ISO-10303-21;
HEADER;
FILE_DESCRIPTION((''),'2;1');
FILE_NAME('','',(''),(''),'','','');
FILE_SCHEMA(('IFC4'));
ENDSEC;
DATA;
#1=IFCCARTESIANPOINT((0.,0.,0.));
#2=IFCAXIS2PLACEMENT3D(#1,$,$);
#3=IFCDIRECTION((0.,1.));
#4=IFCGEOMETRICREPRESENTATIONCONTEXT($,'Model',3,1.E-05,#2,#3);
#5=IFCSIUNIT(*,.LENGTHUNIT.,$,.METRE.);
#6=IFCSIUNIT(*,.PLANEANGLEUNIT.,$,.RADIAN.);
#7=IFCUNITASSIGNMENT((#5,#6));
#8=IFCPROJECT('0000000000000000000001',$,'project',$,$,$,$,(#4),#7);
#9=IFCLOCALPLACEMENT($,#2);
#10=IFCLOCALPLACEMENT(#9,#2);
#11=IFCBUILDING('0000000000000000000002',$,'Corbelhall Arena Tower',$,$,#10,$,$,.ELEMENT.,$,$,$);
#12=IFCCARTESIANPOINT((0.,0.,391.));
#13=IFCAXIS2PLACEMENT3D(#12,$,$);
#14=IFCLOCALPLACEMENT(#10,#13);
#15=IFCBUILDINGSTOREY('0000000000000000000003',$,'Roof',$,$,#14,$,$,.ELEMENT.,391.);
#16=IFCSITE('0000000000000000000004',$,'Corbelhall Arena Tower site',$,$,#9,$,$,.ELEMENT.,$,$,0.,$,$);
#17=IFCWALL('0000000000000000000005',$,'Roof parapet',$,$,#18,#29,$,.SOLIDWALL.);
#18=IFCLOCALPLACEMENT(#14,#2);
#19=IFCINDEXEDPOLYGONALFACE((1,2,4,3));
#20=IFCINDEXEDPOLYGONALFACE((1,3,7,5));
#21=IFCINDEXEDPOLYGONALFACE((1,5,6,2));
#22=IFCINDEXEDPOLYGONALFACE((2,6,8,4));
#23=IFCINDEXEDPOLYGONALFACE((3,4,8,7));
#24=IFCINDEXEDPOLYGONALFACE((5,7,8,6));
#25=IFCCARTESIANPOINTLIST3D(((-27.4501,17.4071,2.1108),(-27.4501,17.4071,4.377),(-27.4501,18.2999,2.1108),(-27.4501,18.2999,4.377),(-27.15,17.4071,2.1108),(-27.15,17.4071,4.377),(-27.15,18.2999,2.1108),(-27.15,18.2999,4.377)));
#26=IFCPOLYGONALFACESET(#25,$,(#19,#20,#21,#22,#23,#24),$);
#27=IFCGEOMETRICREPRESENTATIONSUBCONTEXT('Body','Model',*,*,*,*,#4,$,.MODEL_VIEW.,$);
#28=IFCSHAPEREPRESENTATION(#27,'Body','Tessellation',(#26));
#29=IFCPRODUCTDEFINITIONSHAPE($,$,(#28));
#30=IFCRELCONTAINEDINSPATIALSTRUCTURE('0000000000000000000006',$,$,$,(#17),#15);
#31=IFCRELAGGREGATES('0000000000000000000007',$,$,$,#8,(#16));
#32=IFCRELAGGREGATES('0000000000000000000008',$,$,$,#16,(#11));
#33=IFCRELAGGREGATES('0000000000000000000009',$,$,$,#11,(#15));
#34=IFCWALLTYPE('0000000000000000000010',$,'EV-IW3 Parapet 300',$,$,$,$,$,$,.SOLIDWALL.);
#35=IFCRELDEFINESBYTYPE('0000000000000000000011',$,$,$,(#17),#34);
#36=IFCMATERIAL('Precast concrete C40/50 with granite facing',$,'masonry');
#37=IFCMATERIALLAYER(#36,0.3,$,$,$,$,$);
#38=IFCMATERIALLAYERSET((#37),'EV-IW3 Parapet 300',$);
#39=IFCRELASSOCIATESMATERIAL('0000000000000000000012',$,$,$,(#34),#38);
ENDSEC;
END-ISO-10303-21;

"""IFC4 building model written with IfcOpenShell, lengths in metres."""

from ifc_helpers import new_model, si_unit, direction, frame, frame_2d, origin, place, context, subcontext, project, spatial, rectangle, extrude, material, layer, layer_set, type_object, element, save


model = new_model("IFC4")

# Units and contexts
model_context = context("Model", 3, precision=1e-05, world=origin(), true_north=direction((0.0, 1.0)))
body_context = subcontext(model_context, "Body", "Model", "MODEL_VIEW")
ifc_project = project(units=[si_unit("LENGTHUNIT", "METRE"), si_unit("PLANEANGLEUNIT", "RADIAN")], contexts=[model_context])

# Site, building, storey
site_placement = place(None, origin())
site = spatial("IfcSite", under=ifc_project, at=site_placement, Name="Corbelhall Arena Tower site", CompositionType="ELEMENT", RefElevation=0.0)
building_placement = place(site_placement, origin())
building = spatial("IfcBuilding", under=site, at=building_placement, Name="Corbelhall Arena Tower", CompositionType="ELEMENT")
storey_placement = place(building_placement, frame((0.0, 0.0, 391.0)))
storey = spatial("IfcBuildingStorey", under=building, at=storey_placement, Name="Roof", CompositionType="ELEMENT", Elevation=391.0)

# Wall
ifc_material_1 = material(Name="Precast concrete C40/50 with granite facing", Category="masonry")
ifc_layer = layer(ifc_material_1, 0.3)
ifc_layer_set = layer_set([ifc_layer], Name="EV-IW3 Parapet 300")
wall_type = type_object("IfcWallType", Name="EV-IW3 Parapet 300", PredefinedType="SOLIDWALL", material=ifc_layer_set)
wall_1_placement = place(storey_placement, frame((-27.3, 17.4072, 2.1108), z_axis=(0.0, 0.0, 1.0), x_axis=(0.0, 1.0, 0.0)))
element("IfcWall", 1, at=wall_1_placement, inside=storey, type_object=wall_type, Name="Roof parapet", PredefinedType="SOLIDWALL", context=body_context, shape_type="SweptSolid", body=[
    extrude(rectangle(XDim=0.8928, YDim=0.3, at=frame_2d((0.4463, 0.0))), origin(), (0.0, 0.0, 1.0), 2.2661),
])

save(model, "model.ifc")
